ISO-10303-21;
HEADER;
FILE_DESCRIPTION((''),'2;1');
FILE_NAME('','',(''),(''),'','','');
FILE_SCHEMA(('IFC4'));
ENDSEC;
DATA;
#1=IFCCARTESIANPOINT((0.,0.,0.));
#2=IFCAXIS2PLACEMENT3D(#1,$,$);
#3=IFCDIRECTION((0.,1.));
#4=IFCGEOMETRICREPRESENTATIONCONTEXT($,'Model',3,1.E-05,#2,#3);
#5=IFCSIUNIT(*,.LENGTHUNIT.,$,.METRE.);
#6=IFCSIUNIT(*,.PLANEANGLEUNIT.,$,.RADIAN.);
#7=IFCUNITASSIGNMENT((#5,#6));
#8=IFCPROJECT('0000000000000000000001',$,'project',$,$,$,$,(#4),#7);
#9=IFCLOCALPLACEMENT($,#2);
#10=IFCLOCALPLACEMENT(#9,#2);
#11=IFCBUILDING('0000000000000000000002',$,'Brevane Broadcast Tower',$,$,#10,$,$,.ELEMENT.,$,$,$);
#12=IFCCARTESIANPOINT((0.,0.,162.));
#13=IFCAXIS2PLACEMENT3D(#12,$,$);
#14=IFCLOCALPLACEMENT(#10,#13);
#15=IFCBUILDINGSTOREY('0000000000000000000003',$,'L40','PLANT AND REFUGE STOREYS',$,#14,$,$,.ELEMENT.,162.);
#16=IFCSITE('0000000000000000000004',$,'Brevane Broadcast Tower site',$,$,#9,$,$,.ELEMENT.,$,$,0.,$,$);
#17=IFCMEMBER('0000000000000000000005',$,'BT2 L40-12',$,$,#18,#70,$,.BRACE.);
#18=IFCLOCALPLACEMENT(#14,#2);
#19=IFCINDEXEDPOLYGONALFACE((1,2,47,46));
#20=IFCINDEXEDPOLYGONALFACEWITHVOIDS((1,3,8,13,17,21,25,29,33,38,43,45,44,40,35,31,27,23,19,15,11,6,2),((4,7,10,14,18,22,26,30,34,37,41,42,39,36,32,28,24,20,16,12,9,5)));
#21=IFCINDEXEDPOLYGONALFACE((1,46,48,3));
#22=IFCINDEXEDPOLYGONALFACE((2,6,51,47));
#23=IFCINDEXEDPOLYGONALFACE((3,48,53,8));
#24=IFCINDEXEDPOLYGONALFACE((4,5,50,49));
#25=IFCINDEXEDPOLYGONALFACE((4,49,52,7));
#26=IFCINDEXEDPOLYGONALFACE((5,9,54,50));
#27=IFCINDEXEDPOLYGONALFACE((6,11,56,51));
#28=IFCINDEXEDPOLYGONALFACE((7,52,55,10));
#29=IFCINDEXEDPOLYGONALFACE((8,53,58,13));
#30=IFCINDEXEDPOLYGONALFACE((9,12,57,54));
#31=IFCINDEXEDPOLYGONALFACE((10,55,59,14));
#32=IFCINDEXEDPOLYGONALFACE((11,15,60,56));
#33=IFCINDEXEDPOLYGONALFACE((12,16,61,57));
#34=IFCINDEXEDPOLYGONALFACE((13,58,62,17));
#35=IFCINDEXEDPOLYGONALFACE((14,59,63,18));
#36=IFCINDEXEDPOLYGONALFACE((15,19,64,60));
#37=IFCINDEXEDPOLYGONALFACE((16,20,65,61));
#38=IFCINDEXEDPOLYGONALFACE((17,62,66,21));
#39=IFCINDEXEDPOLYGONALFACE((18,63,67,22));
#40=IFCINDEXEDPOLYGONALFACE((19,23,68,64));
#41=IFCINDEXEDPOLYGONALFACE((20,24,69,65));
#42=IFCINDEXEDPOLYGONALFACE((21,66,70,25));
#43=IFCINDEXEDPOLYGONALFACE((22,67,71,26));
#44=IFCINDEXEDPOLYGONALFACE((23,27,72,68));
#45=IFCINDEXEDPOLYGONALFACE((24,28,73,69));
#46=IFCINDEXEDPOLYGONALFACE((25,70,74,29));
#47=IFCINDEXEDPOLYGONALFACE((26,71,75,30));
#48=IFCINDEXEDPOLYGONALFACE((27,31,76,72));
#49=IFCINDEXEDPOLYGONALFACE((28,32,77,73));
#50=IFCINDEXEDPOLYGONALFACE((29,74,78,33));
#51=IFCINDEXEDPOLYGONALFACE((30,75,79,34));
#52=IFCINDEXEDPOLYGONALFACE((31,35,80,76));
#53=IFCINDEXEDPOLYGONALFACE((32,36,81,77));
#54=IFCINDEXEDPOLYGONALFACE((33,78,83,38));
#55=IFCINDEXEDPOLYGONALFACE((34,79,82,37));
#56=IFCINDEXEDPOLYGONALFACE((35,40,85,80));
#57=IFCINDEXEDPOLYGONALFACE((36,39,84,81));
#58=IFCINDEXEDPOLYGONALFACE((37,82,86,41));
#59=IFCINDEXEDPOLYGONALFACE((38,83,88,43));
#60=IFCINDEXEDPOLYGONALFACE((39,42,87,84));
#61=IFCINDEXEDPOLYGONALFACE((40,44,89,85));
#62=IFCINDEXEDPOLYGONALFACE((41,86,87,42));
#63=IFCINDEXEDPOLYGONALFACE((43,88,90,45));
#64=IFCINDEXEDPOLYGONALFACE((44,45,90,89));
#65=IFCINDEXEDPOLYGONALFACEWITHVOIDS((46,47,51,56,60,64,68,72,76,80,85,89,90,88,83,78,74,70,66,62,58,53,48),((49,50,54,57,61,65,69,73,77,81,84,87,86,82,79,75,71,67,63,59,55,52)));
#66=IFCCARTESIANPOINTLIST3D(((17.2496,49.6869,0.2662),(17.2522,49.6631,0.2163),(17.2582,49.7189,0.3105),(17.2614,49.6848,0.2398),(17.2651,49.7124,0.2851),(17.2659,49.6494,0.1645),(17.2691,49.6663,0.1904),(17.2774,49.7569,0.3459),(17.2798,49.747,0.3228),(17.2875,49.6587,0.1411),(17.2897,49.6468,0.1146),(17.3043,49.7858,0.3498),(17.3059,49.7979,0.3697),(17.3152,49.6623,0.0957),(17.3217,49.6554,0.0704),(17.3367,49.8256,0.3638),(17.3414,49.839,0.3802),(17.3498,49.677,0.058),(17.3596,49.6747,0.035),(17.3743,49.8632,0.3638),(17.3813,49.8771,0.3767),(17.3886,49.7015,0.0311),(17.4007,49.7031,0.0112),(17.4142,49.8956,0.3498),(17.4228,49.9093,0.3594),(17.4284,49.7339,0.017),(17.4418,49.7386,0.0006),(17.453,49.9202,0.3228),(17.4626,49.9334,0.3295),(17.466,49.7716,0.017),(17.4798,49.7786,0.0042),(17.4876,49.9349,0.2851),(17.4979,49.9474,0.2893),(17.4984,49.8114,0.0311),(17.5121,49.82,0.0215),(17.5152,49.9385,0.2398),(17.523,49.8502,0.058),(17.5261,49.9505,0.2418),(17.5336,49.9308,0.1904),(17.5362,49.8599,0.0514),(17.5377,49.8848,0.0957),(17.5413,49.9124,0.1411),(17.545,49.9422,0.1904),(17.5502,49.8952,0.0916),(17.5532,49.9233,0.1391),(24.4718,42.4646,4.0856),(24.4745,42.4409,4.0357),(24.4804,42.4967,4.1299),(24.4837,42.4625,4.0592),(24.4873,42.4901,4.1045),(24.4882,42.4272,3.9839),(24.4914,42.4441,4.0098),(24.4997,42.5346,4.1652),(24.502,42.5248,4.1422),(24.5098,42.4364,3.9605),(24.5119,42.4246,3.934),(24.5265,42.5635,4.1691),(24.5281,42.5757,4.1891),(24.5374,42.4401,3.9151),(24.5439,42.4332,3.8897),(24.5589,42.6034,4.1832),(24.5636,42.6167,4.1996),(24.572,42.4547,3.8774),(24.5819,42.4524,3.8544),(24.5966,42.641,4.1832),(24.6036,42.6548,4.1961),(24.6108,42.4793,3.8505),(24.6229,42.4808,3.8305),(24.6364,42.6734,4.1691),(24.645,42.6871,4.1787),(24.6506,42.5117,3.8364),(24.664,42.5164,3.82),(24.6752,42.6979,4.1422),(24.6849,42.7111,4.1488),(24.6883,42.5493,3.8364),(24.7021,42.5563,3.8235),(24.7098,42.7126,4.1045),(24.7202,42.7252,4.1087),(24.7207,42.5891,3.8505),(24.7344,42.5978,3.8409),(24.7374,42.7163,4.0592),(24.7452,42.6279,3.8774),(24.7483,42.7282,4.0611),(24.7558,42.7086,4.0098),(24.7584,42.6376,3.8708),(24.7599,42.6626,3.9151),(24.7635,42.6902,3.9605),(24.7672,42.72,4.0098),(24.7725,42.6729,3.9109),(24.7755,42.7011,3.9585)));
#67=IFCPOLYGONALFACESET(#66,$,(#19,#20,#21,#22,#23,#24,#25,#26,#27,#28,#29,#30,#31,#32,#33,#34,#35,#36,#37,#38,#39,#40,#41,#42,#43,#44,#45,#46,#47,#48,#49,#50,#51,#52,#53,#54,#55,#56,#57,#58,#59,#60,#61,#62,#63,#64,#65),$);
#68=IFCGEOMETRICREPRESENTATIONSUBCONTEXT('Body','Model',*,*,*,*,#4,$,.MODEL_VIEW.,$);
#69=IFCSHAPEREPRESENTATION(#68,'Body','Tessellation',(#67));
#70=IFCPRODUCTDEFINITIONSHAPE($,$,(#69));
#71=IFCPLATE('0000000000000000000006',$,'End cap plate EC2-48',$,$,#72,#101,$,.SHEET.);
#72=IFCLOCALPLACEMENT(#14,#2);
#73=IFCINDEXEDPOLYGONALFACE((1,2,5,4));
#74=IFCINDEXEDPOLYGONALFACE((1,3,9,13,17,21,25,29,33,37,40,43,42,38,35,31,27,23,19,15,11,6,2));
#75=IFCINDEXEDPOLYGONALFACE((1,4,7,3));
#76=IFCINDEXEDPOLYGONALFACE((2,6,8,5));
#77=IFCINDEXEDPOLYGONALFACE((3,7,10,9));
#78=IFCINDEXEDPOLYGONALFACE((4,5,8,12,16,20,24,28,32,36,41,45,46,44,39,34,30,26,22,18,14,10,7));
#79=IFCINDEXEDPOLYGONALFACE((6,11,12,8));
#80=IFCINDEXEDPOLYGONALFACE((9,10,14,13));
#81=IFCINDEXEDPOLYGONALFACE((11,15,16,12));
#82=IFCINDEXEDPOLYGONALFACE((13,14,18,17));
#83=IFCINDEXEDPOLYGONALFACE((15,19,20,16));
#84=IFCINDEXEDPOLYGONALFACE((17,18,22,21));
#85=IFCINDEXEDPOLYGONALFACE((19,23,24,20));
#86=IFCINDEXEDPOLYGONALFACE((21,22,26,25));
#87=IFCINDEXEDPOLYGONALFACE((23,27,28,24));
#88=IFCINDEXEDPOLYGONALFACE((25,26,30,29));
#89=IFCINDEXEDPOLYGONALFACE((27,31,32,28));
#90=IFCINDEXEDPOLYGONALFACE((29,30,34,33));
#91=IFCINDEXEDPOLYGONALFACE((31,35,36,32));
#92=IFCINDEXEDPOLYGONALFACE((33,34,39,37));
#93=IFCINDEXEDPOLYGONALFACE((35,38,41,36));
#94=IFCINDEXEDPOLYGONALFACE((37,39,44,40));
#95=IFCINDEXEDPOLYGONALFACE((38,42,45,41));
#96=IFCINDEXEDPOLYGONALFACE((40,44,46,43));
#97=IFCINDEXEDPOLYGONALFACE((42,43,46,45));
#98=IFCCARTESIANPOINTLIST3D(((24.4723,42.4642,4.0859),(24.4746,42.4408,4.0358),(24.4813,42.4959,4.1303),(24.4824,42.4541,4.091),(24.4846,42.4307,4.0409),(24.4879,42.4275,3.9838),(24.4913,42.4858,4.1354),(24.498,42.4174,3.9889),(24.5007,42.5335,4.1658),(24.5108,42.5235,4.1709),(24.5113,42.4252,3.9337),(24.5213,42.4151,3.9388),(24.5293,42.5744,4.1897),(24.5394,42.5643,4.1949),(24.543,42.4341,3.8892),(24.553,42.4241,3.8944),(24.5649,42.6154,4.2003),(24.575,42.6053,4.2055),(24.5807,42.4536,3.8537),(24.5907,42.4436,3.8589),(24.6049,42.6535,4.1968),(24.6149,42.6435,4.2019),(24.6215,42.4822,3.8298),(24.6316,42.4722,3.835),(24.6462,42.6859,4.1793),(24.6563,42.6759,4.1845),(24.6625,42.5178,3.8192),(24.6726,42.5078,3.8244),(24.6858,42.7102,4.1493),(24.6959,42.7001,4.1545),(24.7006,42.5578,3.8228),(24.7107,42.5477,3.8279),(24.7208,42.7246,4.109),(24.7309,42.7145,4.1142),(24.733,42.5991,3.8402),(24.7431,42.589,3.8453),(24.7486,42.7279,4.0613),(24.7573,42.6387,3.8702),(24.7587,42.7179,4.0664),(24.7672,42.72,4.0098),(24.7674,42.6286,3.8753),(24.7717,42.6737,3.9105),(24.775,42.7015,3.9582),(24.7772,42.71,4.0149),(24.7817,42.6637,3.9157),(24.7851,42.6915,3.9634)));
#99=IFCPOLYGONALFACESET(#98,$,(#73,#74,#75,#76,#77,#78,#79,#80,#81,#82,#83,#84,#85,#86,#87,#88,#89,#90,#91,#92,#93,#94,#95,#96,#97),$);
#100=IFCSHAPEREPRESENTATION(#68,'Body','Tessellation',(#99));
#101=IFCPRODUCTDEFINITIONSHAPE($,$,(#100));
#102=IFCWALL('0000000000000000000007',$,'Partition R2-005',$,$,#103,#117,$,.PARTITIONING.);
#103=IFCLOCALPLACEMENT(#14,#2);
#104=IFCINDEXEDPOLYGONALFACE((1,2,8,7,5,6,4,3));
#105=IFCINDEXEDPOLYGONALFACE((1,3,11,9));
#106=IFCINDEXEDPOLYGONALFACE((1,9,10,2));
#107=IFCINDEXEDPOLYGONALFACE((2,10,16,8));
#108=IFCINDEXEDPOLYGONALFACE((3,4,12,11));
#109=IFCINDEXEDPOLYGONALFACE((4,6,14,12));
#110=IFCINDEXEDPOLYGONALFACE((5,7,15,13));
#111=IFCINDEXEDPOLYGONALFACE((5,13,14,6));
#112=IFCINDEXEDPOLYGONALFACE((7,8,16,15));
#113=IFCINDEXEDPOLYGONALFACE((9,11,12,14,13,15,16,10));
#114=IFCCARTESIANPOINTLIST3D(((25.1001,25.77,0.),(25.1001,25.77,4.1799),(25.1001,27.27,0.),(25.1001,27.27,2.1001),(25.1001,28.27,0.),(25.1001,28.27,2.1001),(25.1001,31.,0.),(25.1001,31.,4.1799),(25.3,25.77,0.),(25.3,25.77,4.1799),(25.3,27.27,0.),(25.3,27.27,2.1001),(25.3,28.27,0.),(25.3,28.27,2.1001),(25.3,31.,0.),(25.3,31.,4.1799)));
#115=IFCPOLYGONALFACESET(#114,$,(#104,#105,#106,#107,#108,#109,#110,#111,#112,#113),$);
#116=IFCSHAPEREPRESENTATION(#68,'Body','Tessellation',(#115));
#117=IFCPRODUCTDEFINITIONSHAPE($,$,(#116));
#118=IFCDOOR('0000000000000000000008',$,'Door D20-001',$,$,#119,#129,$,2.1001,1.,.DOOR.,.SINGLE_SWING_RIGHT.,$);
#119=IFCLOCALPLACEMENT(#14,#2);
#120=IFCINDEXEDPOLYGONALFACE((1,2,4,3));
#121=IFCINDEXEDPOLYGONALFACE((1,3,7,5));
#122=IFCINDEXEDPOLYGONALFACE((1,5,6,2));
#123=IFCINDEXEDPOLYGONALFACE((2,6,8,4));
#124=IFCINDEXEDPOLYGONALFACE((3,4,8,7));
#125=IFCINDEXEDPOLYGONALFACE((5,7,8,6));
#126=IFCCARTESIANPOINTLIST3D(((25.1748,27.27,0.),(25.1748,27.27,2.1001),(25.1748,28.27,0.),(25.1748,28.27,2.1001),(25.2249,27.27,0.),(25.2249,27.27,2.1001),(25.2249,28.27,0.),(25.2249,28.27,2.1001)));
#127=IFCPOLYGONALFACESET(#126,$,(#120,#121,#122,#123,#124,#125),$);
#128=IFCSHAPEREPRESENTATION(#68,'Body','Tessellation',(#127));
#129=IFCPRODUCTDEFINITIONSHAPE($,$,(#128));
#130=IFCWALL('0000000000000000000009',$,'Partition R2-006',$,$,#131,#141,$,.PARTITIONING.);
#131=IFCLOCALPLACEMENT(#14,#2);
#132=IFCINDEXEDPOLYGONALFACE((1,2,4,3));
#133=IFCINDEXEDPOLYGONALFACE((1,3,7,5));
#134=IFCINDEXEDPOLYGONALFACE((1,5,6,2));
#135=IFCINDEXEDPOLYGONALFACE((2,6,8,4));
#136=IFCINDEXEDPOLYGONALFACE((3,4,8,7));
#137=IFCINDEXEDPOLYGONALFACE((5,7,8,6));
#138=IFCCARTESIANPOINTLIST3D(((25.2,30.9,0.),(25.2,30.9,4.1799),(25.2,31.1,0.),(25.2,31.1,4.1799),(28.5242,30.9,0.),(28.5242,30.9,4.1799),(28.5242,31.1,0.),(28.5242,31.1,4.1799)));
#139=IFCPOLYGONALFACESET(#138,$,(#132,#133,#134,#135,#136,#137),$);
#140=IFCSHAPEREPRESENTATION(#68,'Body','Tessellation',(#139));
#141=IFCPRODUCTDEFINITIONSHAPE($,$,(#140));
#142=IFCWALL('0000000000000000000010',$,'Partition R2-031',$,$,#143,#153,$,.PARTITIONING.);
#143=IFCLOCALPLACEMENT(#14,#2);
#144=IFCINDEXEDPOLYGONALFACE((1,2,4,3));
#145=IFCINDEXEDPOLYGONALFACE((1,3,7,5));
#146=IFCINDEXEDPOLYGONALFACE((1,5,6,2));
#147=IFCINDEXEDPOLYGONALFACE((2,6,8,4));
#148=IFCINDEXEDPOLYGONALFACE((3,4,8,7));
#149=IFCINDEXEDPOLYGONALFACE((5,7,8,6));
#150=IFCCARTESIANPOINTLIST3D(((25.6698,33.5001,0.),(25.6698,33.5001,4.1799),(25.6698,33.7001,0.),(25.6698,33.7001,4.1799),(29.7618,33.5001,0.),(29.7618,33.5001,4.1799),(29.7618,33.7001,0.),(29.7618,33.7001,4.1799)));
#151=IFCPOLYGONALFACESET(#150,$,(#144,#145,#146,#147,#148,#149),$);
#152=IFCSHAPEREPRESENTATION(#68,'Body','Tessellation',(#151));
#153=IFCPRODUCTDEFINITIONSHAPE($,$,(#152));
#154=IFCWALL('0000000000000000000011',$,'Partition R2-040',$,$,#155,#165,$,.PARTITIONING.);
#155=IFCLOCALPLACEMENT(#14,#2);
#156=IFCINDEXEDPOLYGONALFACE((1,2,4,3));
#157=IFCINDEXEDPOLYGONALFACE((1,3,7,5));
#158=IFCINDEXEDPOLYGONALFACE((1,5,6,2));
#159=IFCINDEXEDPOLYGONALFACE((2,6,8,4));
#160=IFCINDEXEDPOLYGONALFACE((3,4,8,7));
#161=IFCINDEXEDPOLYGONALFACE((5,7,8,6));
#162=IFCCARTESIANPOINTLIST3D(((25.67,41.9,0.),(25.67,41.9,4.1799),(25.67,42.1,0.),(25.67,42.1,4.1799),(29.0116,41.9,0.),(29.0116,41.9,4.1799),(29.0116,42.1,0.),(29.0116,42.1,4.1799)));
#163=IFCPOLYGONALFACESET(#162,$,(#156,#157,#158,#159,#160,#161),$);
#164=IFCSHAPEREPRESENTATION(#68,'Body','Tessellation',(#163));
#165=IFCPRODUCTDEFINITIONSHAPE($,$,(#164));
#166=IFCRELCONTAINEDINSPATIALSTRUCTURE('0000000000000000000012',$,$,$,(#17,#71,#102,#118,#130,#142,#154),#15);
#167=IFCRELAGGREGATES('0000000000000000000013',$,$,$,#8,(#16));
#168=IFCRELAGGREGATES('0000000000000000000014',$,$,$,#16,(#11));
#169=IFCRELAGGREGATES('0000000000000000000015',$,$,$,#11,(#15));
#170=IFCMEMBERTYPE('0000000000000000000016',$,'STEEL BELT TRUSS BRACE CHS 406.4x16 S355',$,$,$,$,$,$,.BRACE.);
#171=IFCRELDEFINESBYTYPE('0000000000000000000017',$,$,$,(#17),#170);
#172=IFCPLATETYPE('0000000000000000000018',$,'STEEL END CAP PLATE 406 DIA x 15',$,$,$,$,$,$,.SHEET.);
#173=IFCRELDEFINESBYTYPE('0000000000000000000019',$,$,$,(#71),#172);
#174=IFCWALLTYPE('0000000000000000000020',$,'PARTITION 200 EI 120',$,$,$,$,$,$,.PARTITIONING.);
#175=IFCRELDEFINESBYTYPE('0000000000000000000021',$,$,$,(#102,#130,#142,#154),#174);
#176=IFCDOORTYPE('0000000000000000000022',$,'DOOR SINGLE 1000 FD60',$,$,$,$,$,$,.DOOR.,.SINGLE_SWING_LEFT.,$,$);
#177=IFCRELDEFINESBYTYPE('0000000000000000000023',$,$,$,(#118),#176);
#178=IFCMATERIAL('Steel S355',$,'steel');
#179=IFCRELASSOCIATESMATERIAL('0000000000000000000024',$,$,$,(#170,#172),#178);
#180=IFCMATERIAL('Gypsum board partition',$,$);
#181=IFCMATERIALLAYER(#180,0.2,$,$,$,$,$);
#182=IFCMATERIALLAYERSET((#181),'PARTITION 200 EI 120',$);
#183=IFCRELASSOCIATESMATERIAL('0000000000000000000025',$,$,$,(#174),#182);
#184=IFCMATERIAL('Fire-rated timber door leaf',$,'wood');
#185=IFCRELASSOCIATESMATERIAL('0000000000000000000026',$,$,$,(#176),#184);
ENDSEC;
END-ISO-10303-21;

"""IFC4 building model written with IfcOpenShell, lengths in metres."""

from ifc_helpers import new_model, si_unit, direction, frame, frame_2d, origin, origin_2d, place, context, subcontext, project, spatial, polyline, rectangle, circle, hollow_circle, outline, extrude, material, layer, layer_set, material_profile, profile_set, type_object, element, fill, save


model = new_model("IFC4")

# Units and contexts
model_context = context("Model", 3, precision=1e-05, world=origin(), true_north=direction((0.0, 1.0)))
body_context = subcontext(model_context, "Body", "Model", "MODEL_VIEW")
ifc_project = project(units=[si_unit("LENGTHUNIT", "METRE"), si_unit("PLANEANGLEUNIT", "RADIAN")], contexts=[model_context])

# Site, building, storey
site_placement = place(None, origin())
site = spatial("IfcSite", under=ifc_project, at=site_placement, Name="Brevane Broadcast Tower site", CompositionType="ELEMENT", RefElevation=0.0)
building_placement = place(site_placement, origin())
building = spatial("IfcBuilding", under=site, at=building_placement, Name="Brevane Broadcast Tower", CompositionType="ELEMENT")
storey_placement = place(building_placement, frame((0.0, 0.0, 162.0)))
storey = spatial("IfcBuildingStorey", under=building, at=storey_placement, Name="L40", Description="PLANT AND REFUGE STOREYS", CompositionType="ELEMENT", Elevation=162.0)

# Member
ifc_material_1 = material(Name="Steel S355", Category="steel")
ifc_material_profile_1 = material_profile(ifc_material_1, hollow_circle(Radius=0.2031, WallThickness=0.0161, at=origin_2d()), Name="CHS 406.4x16")
ifc_profile_set_1 = profile_set([ifc_material_profile_1], Name="Steel S355")
member_type_1 = type_object("IfcMemberType", Name="STEEL BELT TRUSS BRACE CHS 406.4x16 S355", PredefinedType="BRACE", material=ifc_profile_set_1)
member_1_placement = place(storey_placement, frame((17.4014, 49.7986, 0.1904), z_axis=(0.662315, -0.662315, 0.350255), x_axis=(0.707107, 0.707107, 0.0)))
element("IfcMember", 1, at=member_1_placement, inside=storey, type_object=member_type_1, Name="BT2 L40-12", PredefinedType="BRACE", context=body_context, shape_type="SweptSolid", body=[
    extrude(hollow_circle(Radius=0.2031, WallThickness=0.0161, at=origin_2d()), origin(), (0.0, 0.0, 1.0), 10.9045),
])

# Plate
ifc_material_profile_2 = material_profile(ifc_material_1, circle(Radius=0.2031, at=origin_2d()), Name="PL 406 DIA x 15")
ifc_profile_set_2 = profile_set([ifc_material_profile_2], Name="Steel S355")
plate_type = type_object("IfcPlateType", Name="STEEL END CAP PLATE 406 DIA x 15", PredefinedType="SHEET", material=ifc_profile_set_2)
plate_placement = place(storey_placement, frame((24.6235, 42.5764, 4.0098), z_axis=(0.664845, -0.664845, 0.340531), x_axis=(0.707107, 0.707107, 0.0)))
element("IfcPlate", 2, at=plate_placement, inside=storey, type_object=plate_type, Name="End cap plate EC2-48", PredefinedType="SHEET", context=body_context, shape_type="SweptSolid", body=[
    extrude(circle(Radius=0.2031, at=origin_2d()), origin(), (0.0, 0.0, 1.0), 0.0151),
])

# Wall, opening, door
ifc_material_2 = material(Name="Gypsum board partition")
ifc_layer_1 = layer(ifc_material_2, 0.2)
ifc_layer_set_1 = layer_set([ifc_layer_1], Name="PARTITION 200 EI 120")
wall_type = type_object("IfcWallType", Name="PARTITION 200 EI 120", PredefinedType="PARTITIONING", material=ifc_layer_set_1)
wall_1_placement = place(storey_placement, frame((25.2, 31.0, 0.0), z_axis=(0.0, 0.0, 1.0), x_axis=(0.0, -1.0, 0.0)))
wall_1 = element("IfcWall", 3, at=wall_1_placement, inside=storey, type_object=wall_type, Name="Partition R2-005", PredefinedType="PARTITIONING", context=body_context, shape_type="SweptSolid", body=[
    extrude(outline(polyline([(0.0, 0.0), (5.23, 0.0), (5.23, 4.1799), (0.0, 4.1799), (0.0, 0.0)])), frame((0.0, 0.1001, 0.0), z_axis=(0.0, -1.0, 0.0), x_axis=(1.0, 0.0, 0.0)), (0.0, 0.0, 1.0), 0.2),
])
opening_placement = place(wall_1_placement, frame((2.73, 0.0, 0.0)))
opening = element("IfcOpeningElement", 4, at=opening_placement, cuts=wall_1, PredefinedType="OPENING", context=body_context, shape_type="SweptSolid", body=[
    extrude(rectangle(XDim=1.0, YDim=2.1001, at=frame_2d((0.5, 1.05))), frame((0.0, 0.1099, 0.0), z_axis=(0.0, -1.0, 0.0), x_axis=(1.0, 0.0, 0.0)), (0.0, 0.0, 1.0), 0.22),
])
ifc_material_3 = material(Name="Fire-rated timber door leaf", Category="wood")
door_type = type_object("IfcDoorType", Name="DOOR SINGLE 1000 FD60", OperationType="SINGLE_SWING_LEFT", PredefinedType="DOOR", material=ifc_material_3)
door_placement = place(opening_placement, origin())
door = element("IfcDoor", 5, at=door_placement, inside=storey, type_object=door_type, Name="Door D20-001", OperationType="SINGLE_SWING_RIGHT", OverallHeight=2.1001, OverallWidth=1.0, PredefinedType="DOOR", context=body_context, shape_type="SweptSolid", body=[
    extrude(rectangle(XDim=1.0, YDim=2.1001, at=frame_2d((0.5, 1.05))), frame((0.0, 0.0249, 0.0), z_axis=(0.0, -1.0, 0.0), x_axis=(1.0, 0.0, 0.0)), (0.0, 0.0, 1.0), 0.05),
])
fill(opening, door)

# Walls
wall_2_placement = place(storey_placement, frame((25.2, 31.0, 0.0), z_axis=(0.0, 0.0, 1.0), x_axis=(1.0, 0.0, 0.0)))
element("IfcWall", 6, at=wall_2_placement, inside=storey, type_object=wall_type, Name="Partition R2-006", PredefinedType="PARTITIONING", context=body_context, shape_type="SweptSolid", body=[
    extrude(rectangle(XDim=3.3242, YDim=0.2, at=frame_2d((1.6621, 0.0))), origin(), (0.0, 0.0, 1.0), 4.1799),
])
wall_3_placement = place(storey_placement, frame((25.6699, 33.6001, 0.0), z_axis=(0.0, 0.0, 1.0), x_axis=(1.0, 0.0, 0.0)))
element("IfcWall", 7, at=wall_3_placement, inside=storey, type_object=wall_type, Name="Partition R2-031", PredefinedType="PARTITIONING", context=body_context, shape_type="SweptSolid", body=[
    extrude(rectangle(XDim=4.092, YDim=0.2, at=frame_2d((2.0459, 0.0))), origin(), (0.0, 0.0, 1.0), 4.1799),
])
wall_4_placement = place(storey_placement, frame((25.6699, 42.0, 0.0), z_axis=(0.0, 0.0, 1.0), x_axis=(1.0, 0.0, 0.0)))
element("IfcWall", 8, at=wall_4_placement, inside=storey, type_object=wall_type, Name="Partition R2-040", PredefinedType="PARTITIONING", context=body_context, shape_type="SweptSolid", body=[
    extrude(rectangle(XDim=3.3416, YDim=0.2, at=frame_2d((1.6709, 0.0))), origin(), (0.0, 0.0, 1.0), 4.1799),
])

save(model, "model.ifc")
